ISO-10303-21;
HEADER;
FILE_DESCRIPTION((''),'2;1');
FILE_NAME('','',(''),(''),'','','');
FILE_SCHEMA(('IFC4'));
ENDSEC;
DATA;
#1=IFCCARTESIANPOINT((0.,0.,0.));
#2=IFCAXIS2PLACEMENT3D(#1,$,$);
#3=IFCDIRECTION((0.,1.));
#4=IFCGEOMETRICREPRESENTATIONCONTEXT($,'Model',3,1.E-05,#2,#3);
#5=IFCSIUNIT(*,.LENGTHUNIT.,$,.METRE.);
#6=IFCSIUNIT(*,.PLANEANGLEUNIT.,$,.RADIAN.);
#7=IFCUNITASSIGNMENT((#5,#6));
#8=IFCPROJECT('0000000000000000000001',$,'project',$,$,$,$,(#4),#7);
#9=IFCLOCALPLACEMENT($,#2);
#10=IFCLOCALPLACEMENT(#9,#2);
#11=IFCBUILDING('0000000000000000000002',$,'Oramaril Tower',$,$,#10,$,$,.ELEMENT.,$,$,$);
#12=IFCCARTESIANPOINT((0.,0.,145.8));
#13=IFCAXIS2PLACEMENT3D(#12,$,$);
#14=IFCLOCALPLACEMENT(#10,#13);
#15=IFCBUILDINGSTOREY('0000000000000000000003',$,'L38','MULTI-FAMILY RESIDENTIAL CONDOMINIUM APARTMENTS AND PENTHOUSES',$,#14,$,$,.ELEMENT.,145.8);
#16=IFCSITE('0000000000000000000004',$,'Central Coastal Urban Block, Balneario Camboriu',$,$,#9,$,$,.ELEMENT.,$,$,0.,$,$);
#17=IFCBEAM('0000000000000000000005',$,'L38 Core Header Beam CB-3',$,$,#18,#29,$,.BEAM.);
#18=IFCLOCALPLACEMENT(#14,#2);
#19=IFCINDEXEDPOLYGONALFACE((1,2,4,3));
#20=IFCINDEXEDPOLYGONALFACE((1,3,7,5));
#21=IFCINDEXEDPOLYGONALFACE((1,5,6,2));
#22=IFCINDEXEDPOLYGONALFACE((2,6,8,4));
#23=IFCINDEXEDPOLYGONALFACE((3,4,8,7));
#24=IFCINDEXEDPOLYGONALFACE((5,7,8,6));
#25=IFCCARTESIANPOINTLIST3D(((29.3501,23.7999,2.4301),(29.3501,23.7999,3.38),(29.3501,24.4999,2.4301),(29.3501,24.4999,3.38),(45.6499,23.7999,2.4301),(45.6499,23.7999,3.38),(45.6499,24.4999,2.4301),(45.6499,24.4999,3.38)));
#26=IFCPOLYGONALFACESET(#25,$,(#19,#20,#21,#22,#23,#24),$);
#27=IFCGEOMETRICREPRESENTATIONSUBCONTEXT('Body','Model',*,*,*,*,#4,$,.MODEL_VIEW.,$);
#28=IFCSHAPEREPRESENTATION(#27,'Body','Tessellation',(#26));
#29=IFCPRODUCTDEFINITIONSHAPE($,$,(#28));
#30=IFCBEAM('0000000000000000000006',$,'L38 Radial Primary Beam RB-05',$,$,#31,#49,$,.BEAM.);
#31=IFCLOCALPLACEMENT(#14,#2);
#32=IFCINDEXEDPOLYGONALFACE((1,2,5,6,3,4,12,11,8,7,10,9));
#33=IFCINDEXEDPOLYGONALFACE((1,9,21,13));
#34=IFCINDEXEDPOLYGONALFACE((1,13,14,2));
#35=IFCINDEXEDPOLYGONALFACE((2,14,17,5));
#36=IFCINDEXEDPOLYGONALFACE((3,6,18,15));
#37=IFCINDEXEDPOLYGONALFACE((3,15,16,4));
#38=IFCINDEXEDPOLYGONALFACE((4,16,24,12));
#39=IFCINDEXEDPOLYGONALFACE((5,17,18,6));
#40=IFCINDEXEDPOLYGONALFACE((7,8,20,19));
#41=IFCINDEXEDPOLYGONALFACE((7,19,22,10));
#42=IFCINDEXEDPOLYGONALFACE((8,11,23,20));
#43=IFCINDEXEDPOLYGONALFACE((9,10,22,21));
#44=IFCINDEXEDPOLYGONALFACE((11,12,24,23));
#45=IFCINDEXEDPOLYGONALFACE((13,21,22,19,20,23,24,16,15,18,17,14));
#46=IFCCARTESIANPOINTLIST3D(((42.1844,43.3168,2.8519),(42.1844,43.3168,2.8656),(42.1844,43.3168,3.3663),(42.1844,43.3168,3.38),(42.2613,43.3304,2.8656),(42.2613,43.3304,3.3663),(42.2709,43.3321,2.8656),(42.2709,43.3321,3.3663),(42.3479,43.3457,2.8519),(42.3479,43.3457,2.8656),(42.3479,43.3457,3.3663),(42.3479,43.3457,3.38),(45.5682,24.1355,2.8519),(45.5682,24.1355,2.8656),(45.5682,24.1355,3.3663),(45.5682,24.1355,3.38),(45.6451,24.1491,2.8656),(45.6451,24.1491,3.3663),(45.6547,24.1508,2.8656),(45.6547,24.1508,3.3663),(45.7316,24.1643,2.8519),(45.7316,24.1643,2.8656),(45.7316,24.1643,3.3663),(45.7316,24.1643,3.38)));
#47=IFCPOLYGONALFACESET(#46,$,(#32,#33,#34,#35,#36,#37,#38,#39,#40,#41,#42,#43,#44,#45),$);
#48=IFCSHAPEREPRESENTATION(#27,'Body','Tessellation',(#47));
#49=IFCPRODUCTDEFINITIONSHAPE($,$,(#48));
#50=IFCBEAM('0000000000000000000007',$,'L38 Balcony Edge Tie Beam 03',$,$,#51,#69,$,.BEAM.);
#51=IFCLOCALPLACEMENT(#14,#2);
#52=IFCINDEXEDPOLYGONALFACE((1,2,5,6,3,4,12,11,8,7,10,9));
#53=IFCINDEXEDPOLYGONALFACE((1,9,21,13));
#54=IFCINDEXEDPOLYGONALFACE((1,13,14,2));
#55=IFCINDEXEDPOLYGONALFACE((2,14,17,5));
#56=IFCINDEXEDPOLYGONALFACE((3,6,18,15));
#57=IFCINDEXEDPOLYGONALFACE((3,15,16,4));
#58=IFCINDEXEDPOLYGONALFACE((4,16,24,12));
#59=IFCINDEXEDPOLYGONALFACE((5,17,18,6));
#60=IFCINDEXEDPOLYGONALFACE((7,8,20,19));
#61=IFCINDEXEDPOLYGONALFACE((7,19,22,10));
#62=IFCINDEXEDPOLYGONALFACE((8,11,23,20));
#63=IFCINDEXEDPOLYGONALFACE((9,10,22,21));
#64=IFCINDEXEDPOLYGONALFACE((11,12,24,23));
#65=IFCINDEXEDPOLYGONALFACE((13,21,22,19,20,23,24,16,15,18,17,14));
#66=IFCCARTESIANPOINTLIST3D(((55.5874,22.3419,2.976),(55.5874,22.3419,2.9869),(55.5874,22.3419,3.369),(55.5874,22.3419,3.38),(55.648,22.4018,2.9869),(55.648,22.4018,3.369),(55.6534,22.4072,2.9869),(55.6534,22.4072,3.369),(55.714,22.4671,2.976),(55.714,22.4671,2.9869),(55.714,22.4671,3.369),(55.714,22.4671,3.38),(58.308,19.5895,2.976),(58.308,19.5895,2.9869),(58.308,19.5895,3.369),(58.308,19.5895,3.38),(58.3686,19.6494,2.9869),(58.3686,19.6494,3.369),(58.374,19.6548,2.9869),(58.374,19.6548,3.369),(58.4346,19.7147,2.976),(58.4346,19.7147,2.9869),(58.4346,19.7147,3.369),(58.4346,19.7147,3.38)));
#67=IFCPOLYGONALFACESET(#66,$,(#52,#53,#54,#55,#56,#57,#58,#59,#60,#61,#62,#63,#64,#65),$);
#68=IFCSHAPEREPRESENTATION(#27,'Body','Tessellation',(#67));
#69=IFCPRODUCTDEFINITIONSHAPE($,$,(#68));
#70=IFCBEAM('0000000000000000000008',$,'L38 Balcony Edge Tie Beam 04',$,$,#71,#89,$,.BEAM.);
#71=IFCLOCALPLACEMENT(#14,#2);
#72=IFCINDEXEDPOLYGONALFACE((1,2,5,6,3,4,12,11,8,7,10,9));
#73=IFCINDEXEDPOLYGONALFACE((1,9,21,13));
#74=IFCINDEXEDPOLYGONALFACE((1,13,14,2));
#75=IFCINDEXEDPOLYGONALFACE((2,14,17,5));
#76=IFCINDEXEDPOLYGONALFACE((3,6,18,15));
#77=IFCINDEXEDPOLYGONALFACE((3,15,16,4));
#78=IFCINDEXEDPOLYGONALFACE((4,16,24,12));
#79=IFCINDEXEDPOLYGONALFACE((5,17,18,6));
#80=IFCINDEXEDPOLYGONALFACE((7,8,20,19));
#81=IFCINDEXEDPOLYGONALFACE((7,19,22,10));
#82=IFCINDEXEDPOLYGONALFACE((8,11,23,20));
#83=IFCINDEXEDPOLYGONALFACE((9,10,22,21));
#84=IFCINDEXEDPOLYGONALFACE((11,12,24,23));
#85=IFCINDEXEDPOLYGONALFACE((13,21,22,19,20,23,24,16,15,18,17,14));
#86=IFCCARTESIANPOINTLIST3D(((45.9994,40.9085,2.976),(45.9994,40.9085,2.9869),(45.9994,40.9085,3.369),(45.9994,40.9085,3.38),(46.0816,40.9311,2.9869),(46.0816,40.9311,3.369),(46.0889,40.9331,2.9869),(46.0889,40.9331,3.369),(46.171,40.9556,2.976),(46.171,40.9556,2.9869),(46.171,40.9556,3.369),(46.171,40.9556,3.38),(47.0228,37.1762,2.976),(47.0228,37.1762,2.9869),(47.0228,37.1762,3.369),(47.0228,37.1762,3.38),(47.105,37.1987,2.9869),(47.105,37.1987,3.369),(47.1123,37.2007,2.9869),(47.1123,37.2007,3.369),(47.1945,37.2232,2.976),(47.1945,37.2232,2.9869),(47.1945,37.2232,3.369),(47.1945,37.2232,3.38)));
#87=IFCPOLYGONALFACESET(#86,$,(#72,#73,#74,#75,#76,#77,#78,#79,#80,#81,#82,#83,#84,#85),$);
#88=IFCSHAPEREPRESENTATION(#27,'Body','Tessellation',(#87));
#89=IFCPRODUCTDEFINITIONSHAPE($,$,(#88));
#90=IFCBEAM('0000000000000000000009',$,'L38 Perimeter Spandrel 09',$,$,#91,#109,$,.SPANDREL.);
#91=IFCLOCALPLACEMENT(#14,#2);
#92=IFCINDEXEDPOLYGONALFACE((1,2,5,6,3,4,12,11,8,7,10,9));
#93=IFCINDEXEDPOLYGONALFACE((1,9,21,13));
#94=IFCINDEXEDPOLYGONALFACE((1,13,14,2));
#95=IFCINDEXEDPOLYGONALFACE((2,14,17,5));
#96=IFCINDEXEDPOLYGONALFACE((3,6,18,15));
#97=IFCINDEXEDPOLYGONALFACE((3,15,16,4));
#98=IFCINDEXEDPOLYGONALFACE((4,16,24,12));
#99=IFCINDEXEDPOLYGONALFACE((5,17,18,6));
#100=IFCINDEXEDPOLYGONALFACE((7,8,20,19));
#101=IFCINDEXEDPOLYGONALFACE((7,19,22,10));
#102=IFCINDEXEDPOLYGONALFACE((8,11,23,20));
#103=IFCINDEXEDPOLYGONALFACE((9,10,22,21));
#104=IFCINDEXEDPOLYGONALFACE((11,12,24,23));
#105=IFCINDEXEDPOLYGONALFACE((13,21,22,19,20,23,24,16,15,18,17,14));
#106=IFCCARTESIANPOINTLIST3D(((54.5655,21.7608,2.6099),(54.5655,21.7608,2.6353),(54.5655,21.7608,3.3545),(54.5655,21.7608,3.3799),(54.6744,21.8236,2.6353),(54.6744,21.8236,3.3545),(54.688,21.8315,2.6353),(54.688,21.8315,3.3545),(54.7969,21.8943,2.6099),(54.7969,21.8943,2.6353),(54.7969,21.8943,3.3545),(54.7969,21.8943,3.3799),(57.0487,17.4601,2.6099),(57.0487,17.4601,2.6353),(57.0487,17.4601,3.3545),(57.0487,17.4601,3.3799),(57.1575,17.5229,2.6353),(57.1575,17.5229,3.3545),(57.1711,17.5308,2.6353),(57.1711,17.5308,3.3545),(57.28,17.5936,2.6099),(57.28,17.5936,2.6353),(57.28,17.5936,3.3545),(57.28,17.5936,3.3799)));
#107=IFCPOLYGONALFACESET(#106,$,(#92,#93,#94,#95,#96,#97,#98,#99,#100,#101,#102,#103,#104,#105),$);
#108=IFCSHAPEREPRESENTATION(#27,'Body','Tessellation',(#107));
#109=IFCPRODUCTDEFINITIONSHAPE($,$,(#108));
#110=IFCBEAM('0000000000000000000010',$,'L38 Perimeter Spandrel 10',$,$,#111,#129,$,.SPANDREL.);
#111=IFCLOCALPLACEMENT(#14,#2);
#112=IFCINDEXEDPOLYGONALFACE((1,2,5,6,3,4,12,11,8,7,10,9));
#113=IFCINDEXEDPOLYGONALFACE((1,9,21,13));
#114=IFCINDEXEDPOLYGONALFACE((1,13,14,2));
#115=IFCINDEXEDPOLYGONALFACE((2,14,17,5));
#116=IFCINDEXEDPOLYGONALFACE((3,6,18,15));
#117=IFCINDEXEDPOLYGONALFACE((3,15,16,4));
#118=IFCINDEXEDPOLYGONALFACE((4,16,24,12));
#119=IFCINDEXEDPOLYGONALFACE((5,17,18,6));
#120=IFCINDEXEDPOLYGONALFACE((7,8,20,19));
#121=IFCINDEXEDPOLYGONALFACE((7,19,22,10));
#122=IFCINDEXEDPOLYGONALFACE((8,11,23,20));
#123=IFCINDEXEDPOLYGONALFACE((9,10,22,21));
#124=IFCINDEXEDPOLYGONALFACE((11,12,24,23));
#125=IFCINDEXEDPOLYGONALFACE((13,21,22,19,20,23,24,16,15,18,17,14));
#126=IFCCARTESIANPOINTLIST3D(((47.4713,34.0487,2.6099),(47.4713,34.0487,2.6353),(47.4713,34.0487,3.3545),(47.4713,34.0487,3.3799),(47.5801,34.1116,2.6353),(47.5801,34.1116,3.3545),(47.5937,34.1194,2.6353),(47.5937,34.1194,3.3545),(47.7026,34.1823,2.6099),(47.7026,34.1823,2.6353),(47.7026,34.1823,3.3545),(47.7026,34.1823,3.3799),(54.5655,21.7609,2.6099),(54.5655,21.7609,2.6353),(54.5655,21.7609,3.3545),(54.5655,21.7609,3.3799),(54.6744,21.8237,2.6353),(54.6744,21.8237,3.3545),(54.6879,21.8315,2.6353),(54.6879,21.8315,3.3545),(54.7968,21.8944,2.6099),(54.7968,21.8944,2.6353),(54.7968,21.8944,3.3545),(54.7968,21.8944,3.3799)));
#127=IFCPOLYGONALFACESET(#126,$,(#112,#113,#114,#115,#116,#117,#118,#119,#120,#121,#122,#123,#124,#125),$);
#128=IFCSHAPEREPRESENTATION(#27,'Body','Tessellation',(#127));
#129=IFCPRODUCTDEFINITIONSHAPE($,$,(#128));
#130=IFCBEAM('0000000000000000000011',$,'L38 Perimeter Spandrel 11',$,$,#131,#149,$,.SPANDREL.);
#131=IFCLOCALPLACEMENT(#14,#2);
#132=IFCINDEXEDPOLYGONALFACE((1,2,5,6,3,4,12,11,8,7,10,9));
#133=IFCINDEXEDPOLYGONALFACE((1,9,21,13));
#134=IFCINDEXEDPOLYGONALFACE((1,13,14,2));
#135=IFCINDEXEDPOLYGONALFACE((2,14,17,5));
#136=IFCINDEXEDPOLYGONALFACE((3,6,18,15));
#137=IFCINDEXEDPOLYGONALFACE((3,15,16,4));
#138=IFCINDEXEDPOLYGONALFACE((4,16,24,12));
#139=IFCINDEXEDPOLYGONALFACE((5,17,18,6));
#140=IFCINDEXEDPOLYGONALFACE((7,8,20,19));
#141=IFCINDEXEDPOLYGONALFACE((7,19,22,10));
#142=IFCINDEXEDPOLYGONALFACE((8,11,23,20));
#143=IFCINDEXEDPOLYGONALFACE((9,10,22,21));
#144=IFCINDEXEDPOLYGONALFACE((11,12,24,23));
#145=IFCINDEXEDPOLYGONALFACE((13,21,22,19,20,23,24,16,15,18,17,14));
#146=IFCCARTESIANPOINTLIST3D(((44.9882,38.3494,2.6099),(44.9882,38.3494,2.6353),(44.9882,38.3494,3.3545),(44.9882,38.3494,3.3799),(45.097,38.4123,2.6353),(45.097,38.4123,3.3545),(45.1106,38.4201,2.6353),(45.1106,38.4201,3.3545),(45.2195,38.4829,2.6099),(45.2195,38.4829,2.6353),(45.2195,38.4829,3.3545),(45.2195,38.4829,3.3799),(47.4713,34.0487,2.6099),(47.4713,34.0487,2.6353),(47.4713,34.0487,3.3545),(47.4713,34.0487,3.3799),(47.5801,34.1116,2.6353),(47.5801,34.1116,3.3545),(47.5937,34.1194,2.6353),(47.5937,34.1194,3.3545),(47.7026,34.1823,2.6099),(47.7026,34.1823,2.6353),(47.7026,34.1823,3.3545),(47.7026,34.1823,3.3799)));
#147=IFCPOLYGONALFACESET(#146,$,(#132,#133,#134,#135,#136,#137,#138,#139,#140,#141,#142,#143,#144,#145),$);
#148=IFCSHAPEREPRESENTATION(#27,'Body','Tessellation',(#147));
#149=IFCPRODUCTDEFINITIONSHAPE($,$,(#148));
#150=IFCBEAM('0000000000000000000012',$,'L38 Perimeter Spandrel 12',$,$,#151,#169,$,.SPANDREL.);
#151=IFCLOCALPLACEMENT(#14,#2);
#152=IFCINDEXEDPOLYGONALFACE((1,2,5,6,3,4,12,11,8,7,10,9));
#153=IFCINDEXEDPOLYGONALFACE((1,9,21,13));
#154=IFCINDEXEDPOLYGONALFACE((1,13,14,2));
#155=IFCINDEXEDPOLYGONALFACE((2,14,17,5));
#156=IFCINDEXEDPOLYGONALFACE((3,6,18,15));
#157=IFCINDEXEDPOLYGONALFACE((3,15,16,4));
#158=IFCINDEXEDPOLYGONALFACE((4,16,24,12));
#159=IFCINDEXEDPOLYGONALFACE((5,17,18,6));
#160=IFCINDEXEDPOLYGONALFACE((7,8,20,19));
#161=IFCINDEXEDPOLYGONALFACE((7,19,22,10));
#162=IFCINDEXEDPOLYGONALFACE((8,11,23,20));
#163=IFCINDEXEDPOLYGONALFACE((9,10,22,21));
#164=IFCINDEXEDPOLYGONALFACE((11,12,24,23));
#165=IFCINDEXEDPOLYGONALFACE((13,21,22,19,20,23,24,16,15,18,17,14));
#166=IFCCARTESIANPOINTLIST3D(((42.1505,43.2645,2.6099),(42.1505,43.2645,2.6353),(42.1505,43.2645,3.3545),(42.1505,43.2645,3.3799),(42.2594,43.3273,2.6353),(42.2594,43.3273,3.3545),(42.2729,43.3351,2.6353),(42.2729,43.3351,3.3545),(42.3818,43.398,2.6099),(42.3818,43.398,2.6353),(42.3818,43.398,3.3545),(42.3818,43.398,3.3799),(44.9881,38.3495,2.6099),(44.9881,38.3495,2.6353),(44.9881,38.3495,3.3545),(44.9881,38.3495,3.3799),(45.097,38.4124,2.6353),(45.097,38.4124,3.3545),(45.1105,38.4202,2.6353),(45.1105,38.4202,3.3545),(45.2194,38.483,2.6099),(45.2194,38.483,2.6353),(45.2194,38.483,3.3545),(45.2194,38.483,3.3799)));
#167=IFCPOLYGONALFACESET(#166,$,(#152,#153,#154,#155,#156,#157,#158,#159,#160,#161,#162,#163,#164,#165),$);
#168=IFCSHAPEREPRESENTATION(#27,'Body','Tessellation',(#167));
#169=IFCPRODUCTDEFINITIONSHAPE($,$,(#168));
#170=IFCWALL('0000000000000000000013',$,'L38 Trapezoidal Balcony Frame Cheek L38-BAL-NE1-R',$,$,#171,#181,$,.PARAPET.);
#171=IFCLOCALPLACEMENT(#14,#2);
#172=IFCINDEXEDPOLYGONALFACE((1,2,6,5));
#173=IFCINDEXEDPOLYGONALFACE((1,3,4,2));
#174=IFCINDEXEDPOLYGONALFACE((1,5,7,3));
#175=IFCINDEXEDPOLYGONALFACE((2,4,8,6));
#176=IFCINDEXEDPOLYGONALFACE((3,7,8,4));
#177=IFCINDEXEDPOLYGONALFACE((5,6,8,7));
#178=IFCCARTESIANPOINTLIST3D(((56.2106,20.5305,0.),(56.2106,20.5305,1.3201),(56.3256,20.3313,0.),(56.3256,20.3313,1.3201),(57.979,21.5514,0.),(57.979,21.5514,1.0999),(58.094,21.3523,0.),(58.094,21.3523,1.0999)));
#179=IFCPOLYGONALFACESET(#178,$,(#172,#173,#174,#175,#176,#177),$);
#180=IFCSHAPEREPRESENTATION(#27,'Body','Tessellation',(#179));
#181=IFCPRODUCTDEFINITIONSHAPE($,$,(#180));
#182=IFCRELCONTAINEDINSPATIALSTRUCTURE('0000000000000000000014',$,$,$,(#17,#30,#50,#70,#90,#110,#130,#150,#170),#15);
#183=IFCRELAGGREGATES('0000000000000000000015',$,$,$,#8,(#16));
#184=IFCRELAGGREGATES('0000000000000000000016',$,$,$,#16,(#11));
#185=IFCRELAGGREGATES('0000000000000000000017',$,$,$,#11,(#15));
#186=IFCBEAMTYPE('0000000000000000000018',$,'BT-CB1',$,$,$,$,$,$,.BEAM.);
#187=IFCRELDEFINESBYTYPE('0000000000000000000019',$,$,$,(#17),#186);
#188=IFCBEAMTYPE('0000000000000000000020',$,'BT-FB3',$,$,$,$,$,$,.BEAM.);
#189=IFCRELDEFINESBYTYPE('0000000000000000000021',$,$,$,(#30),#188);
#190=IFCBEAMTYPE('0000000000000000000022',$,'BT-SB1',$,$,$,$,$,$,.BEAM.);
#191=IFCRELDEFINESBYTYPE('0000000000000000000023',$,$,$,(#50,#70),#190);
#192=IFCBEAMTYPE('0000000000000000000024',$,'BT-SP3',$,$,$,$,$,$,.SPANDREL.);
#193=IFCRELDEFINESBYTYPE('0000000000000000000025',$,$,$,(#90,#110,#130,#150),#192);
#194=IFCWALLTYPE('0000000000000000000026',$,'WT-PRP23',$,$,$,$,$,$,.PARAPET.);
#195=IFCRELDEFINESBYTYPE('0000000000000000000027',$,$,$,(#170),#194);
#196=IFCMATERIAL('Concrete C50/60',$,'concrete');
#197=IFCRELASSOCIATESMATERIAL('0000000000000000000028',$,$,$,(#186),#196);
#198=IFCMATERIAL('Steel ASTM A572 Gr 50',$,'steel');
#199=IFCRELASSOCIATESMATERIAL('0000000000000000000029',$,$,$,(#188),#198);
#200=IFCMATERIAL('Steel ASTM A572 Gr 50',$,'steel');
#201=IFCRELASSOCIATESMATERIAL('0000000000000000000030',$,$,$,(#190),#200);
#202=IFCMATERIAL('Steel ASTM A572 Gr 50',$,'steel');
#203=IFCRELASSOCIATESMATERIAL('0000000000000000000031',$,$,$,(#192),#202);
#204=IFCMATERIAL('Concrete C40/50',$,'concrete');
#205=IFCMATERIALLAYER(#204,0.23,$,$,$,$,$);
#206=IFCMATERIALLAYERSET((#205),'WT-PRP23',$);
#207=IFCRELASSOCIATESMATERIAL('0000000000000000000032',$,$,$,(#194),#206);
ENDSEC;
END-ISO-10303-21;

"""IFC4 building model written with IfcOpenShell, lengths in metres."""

from ifc_helpers import new_model, si_unit, direction, frame, origin, origin_2d, place, context, subcontext, project, spatial, polyline, rectangle, i_section, outline, extrude, material, layer, layer_set, material_profile, profile_set, type_object, element, save


model = new_model("IFC4")

# Units and contexts
model_context = context("Model", 3, precision=1e-05, world=origin(), true_north=direction((0.0, 1.0)))
body_context = subcontext(model_context, "Body", "Model", "MODEL_VIEW")
ifc_project = project(units=[si_unit("LENGTHUNIT", "METRE"), si_unit("PLANEANGLEUNIT", "RADIAN")], contexts=[model_context])

# Site, building, storey
site_placement = place(None, origin())
site = spatial("IfcSite", under=ifc_project, at=site_placement, Name="Central Coastal Urban Block, Balneario Camboriu", CompositionType="ELEMENT", RefElevation=0.0)
building_placement = place(site_placement, origin())
building = spatial("IfcBuilding", under=site, at=building_placement, Name="Oramaril Tower", CompositionType="ELEMENT")
storey_placement = place(building_placement, frame((0.0, 0.0, 145.8)))
storey = spatial("IfcBuildingStorey", under=building, at=storey_placement, Name="L38", Description="MULTI-FAMILY RESIDENTIAL CONDOMINIUM APARTMENTS AND PENTHOUSES", CompositionType="ELEMENT", Elevation=145.8)

# Beams
ifc_material_1 = material(Name="Concrete C50/60", Category="concrete")
ifc_material_profile_1 = material_profile(ifc_material_1, rectangle(XDim=0.7, YDim=0.95, at=origin_2d()), Name="CB700X950")
ifc_profile_set_1 = profile_set([ifc_material_profile_1], Name="Concrete C50/60")
beam_type_1 = type_object("IfcBeamType", Name="BT-CB1", PredefinedType="BEAM", material=ifc_profile_set_1)
beam_1_placement = place(storey_placement, frame((45.6499, 24.1499, 2.905), z_axis=(-1.0, 0.0, 0.0), x_axis=(0.0, -1.0, 0.0)))
element("IfcBeam", 1, at=beam_1_placement, inside=storey, type_object=beam_type_1, Name="L38 Core Header Beam CB-3", PredefinedType="BEAM", context=body_context, shape_type="SweptSolid", body=[
    extrude(rectangle(XDim=0.7, YDim=0.95, at=origin_2d()), origin(), (0.0, 0.0, 1.0), 16.2998),
])
ifc_material_2 = material(Name="Steel ASTM A572 Gr 50", Category="steel")
ifc_material_profile_2 = material_profile(ifc_material_2, i_section(OverallWidth=0.166, OverallDepth=0.5281, WebThickness=0.0098, FlangeThickness=0.0137, at=origin_2d()), Name="W21X50")
ifc_profile_set_2 = profile_set([ifc_material_profile_2], Name="Steel ASTM A572 Gr 50")
beam_type_2 = type_object("IfcBeamType", Name="BT-FB3", PredefinedType="BEAM", material=ifc_profile_set_2)
beam_2_placement = place(storey_placement, frame((45.6499, 24.1499, 3.116), z_axis=(-0.173727, 0.984794, 0.0), x_axis=(-0.984794, -0.173727, 0.0)))
element("IfcBeam", 2, at=beam_2_placement, inside=storey, type_object=beam_type_2, Name="L38 Radial Primary Beam RB-05", PredefinedType="BEAM", context=body_context, shape_type="SweptSolid", body=[
    extrude(i_section(OverallWidth=0.166, OverallDepth=0.5281, WebThickness=0.0098, FlangeThickness=0.0137, at=origin_2d()), origin(), (0.0, 0.0, 1.0), 19.4775),
])
ifc_material_3 = material(Name="Steel ASTM A572 Gr 50", Category="steel")
ifc_material_profile_3 = material_profile(ifc_material_3, i_section(OverallWidth=0.178, OverallDepth=0.4041, WebThickness=0.0076, FlangeThickness=0.011, at=origin_2d()), Name="W16X36")
ifc_profile_set_3 = profile_set([ifc_material_profile_3], Name="Steel ASTM A572 Gr 50")
beam_type_3 = type_object("IfcBeamType", Name="BT-SB1", PredefinedType="BEAM", material=ifc_profile_set_3)
for number, where, z_axis, x_axis, name in (
    (3, (58.3713, 19.6521, 3.178), (-0.702995, 0.711195, 0.0), (-0.711195, -0.702995, 0.0), "L38 Balcony Edge Tie Beam 03"),
    (4, (47.1086, 37.1997, 3.178), (-0.264441, 0.964402, 0.0), (-0.964402, -0.264441, 0.0), "L38 Balcony Edge Tie Beam 04"),
):
    element("IfcBeam", number, at=place(storey_placement, frame(where, z_axis=z_axis, x_axis=x_axis)), inside=storey, type_object=beam_type_3, Name=name, PredefinedType="BEAM", context=body_context, shape_type="SweptSolid", body=[
        extrude(i_section(OverallWidth=0.178, OverallDepth=0.4041, WebThickness=0.0076, FlangeThickness=0.011, at=origin_2d()), origin(), (0.0, 0.0, 1.0), 3.8701),
    ])
ifc_material_4 = material(Name="Steel ASTM A572 Gr 50", Category="steel")
ifc_material_profile_4 = material_profile(ifc_material_4, i_section(OverallWidth=0.2671, OverallDepth=0.77, WebThickness=0.0156, FlangeThickness=0.0254, at=origin_2d()), Name="W30X132")
ifc_profile_set_4 = profile_set([ifc_material_profile_4], Name="Steel ASTM A572 Gr 50")
beam_type_4 = type_object("IfcBeamType", Name="BT-SP3", PredefinedType="SPANDREL", material=ifc_profile_set_4)
beam_3_placement = place(storey_placement, frame((57.1643, 17.5269, 2.9949), z_axis=(-0.500015, 0.866017, 0.0), x_axis=(-0.866017, -0.500015, 0.0)))
element("IfcBeam", 5, at=beam_3_placement, inside=storey, type_object=beam_type_4, Name="L38 Perimeter Spandrel 09", PredefinedType="SPANDREL", context=body_context, shape_type="SweptSolid", body=[
    extrude(i_section(OverallWidth=0.2671, OverallDepth=0.77, WebThickness=0.0156, FlangeThickness=0.0254, at=origin_2d()), origin(), (0.0, 0.0, 1.0), 4.9661),
])
beam_4_placement = place(storey_placement, frame((54.6812, 21.8276, 2.9949), z_axis=(-0.499992, 0.86603, 0.0), x_axis=(-0.86603, -0.499992, 0.0)))
element("IfcBeam", 6, at=beam_4_placement, inside=storey, type_object=beam_type_4, Name="L38 Perimeter Spandrel 10", PredefinedType="SPANDREL", context=body_context, shape_type="SweptSolid", body=[
    extrude(i_section(OverallWidth=0.2671, OverallDepth=0.77, WebThickness=0.0156, FlangeThickness=0.0254, at=origin_2d()), origin(), (0.0, 0.0, 1.0), 14.1887),
])
beam_5_placement = place(storey_placement, frame((47.5869, 34.1155, 2.9949), z_axis=(-0.500015, 0.866017, 0.0), x_axis=(-0.866017, -0.500015, 0.0)))
element("IfcBeam", 7, at=beam_5_placement, inside=storey, type_object=beam_type_4, Name="L38 Perimeter Spandrel 11", PredefinedType="SPANDREL", context=body_context, shape_type="SweptSolid", body=[
    extrude(i_section(OverallWidth=0.2671, OverallDepth=0.77, WebThickness=0.0156, FlangeThickness=0.0254, at=origin_2d()), origin(), (0.0, 0.0, 1.0), 4.9661),
])
beam_6_placement = place(storey_placement, frame((45.1038, 38.4163, 2.9949), z_axis=(-0.499993, 0.866029, 0.0), x_axis=(-0.866029, -0.499993, 0.0)))
element("IfcBeam", 8, at=beam_6_placement, inside=storey, type_object=beam_type_4, Name="L38 Perimeter Spandrel 12", PredefinedType="SPANDREL", context=body_context, shape_type="SweptSolid", body=[
    extrude(i_section(OverallWidth=0.2671, OverallDepth=0.77, WebThickness=0.0156, FlangeThickness=0.0254, at=origin_2d()), origin(), (0.0, 0.0, 1.0), 5.6753),
])

# Wall
ifc_material_5 = material(Name="Concrete C40/50", Category="concrete")
ifc_layer_1 = layer(ifc_material_5, 0.23)
ifc_layer_set_1 = layer_set([ifc_layer_1], Name="WT-PRP23")
wall_type_1 = type_object("IfcWallType", Name="WT-PRP23", PredefinedType="PARAPET", material=ifc_layer_set_1)
for number, where, z_axis, x_axis, name in (
    (9, (56.2681, 20.4309, 0.0), (0.0, 0.0, 1.0), (0.866042, 0.499971, 0.0), "L38 Trapezoidal Balcony Frame Cheek L38-BAL-NE1-R"),
):
    element("IfcWall", number, at=place(storey_placement, frame(where, z_axis=z_axis, x_axis=x_axis)), inside=storey, type_object=wall_type_1, Name=name, PredefinedType="PARAPET", context=body_context, shape_type="SweptSolid", body=[
        extrude(outline(polyline([(0.0, 0.0), (2.042, 0.0), (2.042, 1.0999), (0.0, 1.3201), (0.0, 0.0)])), frame((0.0, 0.115, 0.0), z_axis=(0.0, -1.0, 0.0), x_axis=(1.0, 0.0, 0.0)), (0.0, 0.0, 1.0), 0.23),
    ])

save(model, "model.ifc")
